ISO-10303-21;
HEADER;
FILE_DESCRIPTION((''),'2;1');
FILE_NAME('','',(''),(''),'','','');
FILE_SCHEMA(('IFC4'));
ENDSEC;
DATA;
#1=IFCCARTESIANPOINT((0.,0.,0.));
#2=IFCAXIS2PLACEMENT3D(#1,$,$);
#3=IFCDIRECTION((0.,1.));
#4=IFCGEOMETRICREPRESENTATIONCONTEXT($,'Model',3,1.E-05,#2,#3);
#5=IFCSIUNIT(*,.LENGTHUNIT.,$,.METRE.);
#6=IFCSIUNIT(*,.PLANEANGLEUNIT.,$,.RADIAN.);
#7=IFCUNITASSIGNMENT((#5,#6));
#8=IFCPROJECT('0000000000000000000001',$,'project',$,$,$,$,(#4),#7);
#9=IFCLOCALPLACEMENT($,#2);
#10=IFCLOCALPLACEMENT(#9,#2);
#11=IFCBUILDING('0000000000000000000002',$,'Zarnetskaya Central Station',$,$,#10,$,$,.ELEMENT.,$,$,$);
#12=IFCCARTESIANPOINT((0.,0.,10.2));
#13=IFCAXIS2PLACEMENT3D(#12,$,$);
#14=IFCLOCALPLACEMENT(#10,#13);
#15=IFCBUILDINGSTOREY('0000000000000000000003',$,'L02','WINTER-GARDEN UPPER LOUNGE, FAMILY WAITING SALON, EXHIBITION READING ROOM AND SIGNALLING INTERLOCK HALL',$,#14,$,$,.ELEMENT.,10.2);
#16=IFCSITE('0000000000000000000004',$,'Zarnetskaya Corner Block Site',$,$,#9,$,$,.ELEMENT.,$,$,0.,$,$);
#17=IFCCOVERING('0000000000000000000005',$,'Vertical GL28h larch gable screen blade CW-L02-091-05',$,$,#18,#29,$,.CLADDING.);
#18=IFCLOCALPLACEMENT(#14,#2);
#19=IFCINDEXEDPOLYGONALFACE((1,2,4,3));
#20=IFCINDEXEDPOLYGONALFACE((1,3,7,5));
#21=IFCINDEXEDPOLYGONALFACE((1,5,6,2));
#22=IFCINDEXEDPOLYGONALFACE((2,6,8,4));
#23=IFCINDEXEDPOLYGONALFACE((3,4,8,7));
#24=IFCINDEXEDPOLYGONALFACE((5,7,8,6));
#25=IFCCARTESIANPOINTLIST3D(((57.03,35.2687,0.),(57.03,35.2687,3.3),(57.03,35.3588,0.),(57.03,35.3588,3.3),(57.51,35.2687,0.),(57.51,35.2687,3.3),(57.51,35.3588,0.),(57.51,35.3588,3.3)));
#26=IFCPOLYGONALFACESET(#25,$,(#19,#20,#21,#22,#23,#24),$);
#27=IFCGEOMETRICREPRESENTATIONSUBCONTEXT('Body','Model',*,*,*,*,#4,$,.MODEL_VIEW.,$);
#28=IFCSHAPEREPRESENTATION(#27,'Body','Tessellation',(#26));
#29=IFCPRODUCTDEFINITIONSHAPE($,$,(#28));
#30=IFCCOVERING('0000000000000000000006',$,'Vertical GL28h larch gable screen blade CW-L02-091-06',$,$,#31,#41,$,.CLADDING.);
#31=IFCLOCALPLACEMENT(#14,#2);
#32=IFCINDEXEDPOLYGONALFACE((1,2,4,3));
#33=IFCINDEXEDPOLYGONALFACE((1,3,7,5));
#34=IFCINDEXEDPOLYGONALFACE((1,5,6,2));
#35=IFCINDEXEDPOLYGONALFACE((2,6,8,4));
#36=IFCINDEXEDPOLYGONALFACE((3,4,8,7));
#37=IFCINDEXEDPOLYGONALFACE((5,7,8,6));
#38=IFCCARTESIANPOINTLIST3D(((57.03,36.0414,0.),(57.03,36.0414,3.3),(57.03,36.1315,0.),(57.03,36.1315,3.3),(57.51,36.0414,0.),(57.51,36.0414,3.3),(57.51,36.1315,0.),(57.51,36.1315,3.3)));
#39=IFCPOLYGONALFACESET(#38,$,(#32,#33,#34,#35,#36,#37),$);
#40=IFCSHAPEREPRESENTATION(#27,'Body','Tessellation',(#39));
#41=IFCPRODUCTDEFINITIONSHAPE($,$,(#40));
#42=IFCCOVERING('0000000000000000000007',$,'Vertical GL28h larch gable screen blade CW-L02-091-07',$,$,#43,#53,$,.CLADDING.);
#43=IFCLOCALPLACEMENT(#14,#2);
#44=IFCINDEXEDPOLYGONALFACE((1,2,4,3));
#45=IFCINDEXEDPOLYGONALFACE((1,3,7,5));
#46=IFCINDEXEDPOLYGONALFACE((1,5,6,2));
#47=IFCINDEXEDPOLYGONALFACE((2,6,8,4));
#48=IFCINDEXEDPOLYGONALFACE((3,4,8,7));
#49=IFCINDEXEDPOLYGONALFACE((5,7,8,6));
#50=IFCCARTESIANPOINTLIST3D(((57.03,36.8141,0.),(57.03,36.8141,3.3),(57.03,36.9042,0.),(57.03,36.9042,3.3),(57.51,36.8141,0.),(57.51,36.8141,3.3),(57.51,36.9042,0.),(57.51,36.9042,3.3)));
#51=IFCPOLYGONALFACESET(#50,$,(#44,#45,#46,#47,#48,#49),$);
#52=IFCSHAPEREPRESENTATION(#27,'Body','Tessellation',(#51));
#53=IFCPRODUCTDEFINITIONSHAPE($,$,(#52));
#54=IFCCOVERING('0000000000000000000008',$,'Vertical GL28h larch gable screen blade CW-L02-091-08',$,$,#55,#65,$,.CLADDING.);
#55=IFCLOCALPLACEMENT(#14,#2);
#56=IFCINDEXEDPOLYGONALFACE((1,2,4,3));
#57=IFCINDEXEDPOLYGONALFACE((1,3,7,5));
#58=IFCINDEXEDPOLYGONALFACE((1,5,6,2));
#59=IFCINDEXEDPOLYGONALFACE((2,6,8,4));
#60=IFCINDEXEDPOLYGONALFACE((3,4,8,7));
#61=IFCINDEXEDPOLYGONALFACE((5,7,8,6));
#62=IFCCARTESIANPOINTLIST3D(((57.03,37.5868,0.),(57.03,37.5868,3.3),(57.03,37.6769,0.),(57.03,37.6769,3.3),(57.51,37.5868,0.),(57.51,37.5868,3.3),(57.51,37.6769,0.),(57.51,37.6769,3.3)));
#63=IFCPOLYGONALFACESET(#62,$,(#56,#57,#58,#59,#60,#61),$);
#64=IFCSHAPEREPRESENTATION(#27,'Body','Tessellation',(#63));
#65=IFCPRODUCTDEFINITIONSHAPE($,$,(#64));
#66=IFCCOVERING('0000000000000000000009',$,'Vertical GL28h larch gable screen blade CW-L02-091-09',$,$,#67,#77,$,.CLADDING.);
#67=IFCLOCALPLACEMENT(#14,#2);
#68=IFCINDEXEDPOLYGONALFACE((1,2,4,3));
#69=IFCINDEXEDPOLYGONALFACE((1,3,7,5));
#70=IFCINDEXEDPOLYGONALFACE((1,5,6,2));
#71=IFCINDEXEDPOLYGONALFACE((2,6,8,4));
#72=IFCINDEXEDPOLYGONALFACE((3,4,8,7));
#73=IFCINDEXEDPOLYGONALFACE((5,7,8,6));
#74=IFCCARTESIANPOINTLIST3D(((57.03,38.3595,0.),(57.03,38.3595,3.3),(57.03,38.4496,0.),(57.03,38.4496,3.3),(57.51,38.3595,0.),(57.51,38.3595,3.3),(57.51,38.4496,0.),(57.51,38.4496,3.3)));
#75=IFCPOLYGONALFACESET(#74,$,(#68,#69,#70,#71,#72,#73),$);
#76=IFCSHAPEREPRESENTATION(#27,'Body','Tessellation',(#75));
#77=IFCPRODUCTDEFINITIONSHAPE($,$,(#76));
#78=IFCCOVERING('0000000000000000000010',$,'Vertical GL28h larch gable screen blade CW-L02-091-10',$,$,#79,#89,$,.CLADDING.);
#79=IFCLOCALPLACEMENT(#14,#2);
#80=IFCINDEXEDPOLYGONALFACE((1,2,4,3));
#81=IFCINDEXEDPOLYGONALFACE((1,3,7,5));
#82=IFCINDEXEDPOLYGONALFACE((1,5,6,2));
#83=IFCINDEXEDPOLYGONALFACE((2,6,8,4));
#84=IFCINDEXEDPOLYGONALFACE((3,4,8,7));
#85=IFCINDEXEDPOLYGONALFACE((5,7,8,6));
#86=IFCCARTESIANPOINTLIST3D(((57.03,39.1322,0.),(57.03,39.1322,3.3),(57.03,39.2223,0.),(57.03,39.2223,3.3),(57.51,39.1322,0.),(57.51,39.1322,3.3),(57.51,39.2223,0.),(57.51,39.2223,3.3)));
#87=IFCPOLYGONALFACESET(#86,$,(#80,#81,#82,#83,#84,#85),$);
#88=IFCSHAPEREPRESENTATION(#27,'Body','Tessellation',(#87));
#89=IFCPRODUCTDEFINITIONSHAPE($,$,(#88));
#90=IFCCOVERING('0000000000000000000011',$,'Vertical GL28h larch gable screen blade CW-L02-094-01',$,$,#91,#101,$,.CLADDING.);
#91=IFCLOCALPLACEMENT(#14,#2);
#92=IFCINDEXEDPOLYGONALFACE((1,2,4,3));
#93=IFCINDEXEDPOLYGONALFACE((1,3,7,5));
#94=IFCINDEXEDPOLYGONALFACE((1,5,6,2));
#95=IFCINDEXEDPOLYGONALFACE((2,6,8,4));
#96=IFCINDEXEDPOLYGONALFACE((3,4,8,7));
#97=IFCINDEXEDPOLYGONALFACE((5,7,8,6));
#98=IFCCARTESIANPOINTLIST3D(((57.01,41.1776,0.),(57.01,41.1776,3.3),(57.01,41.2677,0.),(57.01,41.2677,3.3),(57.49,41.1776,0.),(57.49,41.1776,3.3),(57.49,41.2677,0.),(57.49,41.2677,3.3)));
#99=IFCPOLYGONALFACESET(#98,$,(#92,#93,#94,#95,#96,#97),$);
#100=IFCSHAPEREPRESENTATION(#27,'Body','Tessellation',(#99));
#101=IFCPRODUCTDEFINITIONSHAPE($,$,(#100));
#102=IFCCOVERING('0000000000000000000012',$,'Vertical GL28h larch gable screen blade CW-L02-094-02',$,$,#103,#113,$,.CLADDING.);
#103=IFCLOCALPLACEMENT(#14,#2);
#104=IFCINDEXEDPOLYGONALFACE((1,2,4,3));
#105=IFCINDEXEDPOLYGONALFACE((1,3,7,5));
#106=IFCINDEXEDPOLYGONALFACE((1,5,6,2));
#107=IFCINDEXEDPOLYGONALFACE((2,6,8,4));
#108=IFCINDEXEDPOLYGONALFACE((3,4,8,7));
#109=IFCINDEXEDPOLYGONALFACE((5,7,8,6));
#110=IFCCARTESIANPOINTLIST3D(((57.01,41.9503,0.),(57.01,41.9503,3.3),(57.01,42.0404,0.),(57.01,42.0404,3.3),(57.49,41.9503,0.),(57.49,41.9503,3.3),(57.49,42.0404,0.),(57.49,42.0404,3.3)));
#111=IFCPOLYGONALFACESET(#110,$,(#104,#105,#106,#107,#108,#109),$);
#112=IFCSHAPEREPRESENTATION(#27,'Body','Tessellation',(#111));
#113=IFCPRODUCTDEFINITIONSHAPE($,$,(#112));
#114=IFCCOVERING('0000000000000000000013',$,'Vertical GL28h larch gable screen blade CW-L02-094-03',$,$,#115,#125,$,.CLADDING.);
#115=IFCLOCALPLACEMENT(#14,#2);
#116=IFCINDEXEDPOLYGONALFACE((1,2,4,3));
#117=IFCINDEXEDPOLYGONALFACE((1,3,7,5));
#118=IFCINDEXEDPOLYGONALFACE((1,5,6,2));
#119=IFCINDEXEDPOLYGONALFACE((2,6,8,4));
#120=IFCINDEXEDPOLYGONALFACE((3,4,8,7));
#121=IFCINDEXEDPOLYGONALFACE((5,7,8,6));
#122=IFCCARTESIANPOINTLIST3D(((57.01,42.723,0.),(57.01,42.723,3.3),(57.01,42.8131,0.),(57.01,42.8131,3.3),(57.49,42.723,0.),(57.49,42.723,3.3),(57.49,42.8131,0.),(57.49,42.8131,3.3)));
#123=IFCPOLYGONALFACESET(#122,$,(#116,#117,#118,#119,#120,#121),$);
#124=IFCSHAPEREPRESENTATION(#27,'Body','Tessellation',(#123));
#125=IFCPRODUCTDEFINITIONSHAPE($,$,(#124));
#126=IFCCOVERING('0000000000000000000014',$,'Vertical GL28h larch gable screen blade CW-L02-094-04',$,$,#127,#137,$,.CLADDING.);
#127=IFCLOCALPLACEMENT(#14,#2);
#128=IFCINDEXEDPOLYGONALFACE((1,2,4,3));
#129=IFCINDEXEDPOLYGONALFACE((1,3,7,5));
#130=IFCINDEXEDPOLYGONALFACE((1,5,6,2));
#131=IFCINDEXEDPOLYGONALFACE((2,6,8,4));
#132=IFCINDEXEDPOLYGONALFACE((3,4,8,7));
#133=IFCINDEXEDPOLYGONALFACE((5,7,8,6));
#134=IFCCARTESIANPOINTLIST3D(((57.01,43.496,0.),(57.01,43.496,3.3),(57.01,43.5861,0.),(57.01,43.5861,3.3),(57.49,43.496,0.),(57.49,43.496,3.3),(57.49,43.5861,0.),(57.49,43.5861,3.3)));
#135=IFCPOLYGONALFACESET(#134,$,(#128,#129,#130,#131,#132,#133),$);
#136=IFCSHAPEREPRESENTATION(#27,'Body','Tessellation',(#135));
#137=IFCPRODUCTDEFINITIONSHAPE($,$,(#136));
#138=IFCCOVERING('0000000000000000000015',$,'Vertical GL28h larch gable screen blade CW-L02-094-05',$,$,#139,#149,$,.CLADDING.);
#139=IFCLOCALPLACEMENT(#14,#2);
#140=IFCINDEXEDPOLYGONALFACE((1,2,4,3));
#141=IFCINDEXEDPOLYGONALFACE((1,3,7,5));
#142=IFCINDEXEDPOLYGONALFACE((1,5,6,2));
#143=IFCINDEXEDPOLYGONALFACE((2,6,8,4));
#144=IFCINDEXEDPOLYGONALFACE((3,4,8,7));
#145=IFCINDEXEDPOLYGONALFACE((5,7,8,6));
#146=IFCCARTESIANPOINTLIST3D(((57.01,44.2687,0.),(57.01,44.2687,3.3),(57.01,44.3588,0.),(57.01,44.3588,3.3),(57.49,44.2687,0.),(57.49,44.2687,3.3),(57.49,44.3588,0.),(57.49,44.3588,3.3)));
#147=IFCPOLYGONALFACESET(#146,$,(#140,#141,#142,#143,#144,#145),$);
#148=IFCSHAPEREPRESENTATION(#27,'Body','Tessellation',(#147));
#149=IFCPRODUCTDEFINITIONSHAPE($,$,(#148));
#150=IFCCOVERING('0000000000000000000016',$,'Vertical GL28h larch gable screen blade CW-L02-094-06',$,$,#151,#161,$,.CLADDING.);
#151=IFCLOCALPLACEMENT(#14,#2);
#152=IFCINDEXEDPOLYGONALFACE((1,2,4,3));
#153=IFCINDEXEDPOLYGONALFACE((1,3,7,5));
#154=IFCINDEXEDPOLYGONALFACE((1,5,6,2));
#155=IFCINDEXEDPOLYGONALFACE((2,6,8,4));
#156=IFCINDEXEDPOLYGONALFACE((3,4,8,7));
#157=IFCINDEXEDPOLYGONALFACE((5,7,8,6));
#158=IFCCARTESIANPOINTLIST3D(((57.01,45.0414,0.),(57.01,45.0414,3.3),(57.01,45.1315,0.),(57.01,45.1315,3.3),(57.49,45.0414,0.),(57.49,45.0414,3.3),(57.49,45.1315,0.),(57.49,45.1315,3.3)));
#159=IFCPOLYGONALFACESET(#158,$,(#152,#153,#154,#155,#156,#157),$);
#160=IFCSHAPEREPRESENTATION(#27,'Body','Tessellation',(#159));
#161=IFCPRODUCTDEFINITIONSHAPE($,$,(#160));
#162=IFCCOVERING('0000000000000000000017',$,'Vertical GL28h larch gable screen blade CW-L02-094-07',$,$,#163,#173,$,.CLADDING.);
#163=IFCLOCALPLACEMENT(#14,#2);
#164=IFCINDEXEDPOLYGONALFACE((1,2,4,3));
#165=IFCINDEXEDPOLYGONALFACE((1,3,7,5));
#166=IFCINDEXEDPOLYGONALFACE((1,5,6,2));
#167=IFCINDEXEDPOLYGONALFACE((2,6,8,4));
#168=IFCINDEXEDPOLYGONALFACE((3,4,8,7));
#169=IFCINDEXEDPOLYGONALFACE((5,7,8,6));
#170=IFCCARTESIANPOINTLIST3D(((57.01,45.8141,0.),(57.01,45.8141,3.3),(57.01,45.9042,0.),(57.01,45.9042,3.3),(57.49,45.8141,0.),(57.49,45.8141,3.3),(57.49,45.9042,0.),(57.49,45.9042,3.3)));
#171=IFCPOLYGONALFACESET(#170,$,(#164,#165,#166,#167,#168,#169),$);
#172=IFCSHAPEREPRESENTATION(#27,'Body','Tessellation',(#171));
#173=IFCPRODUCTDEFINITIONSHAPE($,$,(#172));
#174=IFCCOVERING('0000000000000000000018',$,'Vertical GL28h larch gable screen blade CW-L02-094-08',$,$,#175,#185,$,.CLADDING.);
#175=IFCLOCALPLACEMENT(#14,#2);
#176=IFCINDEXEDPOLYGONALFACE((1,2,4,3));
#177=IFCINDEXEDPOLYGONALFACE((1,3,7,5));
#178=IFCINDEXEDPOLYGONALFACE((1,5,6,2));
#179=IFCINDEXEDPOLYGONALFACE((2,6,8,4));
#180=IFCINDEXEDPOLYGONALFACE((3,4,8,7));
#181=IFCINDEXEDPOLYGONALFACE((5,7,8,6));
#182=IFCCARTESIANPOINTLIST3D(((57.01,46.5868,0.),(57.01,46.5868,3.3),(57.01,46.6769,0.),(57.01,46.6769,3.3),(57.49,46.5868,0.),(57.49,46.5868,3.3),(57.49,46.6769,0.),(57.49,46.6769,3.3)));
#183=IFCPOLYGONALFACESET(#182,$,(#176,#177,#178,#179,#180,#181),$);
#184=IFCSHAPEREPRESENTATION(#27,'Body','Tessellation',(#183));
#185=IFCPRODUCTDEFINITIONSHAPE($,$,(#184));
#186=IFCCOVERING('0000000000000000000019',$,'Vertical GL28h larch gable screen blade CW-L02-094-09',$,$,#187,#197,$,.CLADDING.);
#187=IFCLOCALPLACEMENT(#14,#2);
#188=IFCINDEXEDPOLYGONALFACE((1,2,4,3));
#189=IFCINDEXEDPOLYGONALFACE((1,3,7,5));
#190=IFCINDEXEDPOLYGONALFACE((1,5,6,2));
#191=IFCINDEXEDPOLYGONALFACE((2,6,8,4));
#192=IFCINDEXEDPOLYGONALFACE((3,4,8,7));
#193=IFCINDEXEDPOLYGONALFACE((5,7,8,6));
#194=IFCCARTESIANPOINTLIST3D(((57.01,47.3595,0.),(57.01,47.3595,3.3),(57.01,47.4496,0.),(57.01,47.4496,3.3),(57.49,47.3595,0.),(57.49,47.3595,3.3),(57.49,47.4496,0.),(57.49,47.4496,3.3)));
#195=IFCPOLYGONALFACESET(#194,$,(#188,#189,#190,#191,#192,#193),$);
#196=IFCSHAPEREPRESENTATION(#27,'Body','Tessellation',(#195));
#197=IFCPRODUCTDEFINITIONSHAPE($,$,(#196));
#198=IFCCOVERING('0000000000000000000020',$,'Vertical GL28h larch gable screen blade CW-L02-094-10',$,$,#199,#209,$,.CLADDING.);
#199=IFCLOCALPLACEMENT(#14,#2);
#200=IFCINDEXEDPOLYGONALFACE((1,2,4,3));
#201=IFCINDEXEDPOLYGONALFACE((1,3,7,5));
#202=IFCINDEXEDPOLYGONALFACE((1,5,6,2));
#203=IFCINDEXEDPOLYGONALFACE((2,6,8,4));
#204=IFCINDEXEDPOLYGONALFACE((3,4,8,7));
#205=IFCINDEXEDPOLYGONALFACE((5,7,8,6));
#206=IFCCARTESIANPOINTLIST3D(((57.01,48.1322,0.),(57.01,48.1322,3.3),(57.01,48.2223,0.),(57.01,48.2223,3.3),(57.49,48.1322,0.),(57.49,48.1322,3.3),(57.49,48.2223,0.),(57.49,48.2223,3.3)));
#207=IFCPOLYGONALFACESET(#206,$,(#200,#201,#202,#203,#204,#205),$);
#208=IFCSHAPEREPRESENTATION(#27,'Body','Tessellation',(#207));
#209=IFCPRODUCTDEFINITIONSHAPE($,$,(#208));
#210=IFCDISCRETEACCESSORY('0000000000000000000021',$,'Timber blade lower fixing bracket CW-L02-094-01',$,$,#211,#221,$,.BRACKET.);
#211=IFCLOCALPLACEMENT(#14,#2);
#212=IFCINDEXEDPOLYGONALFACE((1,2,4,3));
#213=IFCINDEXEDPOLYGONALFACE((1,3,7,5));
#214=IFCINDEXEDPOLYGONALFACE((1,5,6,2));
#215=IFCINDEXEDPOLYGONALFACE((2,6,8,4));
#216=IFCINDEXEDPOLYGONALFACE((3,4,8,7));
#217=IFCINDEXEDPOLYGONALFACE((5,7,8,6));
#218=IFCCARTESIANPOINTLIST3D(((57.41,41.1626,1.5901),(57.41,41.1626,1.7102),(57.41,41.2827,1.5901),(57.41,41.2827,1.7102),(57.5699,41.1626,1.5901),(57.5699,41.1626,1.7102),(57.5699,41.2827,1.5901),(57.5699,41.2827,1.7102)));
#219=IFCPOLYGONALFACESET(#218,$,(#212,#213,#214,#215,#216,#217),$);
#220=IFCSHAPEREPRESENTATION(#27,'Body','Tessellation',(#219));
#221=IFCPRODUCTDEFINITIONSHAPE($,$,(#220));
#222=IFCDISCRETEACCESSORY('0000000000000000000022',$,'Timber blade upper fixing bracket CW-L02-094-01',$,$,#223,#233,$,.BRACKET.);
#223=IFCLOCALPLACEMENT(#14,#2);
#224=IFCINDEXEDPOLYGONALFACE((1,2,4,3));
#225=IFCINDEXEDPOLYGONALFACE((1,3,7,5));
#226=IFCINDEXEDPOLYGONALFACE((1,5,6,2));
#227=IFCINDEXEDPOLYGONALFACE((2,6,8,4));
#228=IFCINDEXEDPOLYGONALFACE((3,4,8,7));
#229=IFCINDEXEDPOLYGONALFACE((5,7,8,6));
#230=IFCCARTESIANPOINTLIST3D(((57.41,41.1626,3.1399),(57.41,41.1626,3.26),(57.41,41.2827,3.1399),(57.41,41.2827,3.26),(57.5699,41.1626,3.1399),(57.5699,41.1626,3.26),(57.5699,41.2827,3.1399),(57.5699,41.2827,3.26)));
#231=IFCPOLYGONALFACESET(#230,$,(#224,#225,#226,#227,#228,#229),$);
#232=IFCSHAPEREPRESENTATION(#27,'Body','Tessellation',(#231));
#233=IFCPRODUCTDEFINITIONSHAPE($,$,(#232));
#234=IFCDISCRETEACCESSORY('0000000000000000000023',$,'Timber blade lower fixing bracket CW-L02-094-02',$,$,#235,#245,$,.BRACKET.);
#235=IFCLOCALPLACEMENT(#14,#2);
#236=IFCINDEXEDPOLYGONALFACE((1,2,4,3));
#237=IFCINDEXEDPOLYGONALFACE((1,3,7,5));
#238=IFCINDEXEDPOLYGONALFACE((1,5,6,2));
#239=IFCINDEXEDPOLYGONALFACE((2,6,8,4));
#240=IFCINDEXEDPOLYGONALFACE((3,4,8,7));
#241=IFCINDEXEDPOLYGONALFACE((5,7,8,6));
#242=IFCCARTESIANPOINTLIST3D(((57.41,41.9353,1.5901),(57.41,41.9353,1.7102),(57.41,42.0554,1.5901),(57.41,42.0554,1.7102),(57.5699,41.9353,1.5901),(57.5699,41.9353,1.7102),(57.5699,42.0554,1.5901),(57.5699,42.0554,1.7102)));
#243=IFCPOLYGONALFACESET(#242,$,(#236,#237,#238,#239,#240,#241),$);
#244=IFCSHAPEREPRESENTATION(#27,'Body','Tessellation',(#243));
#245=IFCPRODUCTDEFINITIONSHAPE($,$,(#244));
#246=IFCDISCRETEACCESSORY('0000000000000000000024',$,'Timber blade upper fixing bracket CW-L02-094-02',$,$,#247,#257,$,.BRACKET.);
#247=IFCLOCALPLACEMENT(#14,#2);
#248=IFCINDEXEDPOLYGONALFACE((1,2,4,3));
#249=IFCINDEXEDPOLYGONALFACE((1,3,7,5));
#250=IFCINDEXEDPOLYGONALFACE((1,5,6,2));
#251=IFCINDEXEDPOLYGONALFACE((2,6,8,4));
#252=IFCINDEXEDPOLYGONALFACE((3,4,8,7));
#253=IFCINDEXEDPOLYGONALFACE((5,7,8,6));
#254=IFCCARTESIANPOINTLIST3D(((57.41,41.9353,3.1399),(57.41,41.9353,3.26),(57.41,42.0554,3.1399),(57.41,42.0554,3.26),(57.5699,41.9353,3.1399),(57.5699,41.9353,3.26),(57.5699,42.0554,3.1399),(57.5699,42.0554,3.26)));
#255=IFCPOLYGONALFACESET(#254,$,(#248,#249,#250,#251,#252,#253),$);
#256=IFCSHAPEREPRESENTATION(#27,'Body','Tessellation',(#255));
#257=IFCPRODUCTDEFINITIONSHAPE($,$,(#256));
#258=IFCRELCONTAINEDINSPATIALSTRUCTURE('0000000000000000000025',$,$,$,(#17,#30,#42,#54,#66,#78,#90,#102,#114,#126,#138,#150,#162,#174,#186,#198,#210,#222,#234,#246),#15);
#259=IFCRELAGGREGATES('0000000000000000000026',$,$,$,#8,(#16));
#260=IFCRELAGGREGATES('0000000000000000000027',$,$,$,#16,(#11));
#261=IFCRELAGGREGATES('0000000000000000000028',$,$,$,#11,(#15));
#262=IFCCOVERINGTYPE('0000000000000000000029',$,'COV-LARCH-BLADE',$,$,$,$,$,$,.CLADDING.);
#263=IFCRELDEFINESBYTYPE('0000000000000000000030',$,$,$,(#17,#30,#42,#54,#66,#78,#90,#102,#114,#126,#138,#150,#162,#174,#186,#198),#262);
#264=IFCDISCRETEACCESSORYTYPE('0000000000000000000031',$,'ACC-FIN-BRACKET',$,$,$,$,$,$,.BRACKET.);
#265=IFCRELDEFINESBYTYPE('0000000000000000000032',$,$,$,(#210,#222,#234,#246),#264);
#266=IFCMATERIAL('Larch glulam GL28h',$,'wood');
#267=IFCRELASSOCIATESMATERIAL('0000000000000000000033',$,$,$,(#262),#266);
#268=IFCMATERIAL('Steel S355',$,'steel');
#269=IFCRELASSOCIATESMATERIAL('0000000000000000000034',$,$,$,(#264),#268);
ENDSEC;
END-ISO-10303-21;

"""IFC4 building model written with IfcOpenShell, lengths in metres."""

from ifc_helpers import new_model, si_unit, direction, frame, origin, origin_2d, place, context, subcontext, project, spatial, rectangle, extrude, material, type_object, element, save


model = new_model("IFC4")

# Units and contexts
model_context = context("Model", 3, precision=1e-05, world=origin(), true_north=direction((0.0, 1.0)))
body_context = subcontext(model_context, "Body", "Model", "MODEL_VIEW")
ifc_project = project(units=[si_unit("LENGTHUNIT", "METRE"), si_unit("PLANEANGLEUNIT", "RADIAN")], contexts=[model_context])

# Site, building, storey
site_placement = place(None, origin())
site = spatial("IfcSite", under=ifc_project, at=site_placement, Name="Zarnetskaya Corner Block Site", CompositionType="ELEMENT", RefElevation=0.0)
building_placement = place(site_placement, origin())
building = spatial("IfcBuilding", under=site, at=building_placement, Name="Zarnetskaya Central Station", CompositionType="ELEMENT")
storey_placement = place(building_placement, frame((0.0, 0.0, 10.2)))
storey = spatial("IfcBuildingStorey", under=building, at=storey_placement, Name="L02", Description="WINTER-GARDEN UPPER LOUNGE, FAMILY WAITING SALON, EXHIBITION READING ROOM AND SIGNALLING INTERLOCK HALL", CompositionType="ELEMENT", Elevation=10.2)

# Shared definitions
ifc_material_1 = material(Name="Steel S355", Category="steel")

# Coverings
ifc_material_2 = material(Name="Larch glulam GL28h", Category="wood")
covering_type = type_object("IfcCoveringType", Name="COV-LARCH-BLADE", PredefinedType="CLADDING", material=ifc_material_2)
for number, where, z_axis, x_axis, name in (
    (1, (57.27, 35.3137, 0.0), (0.0, 0.0, 1.0), (0.0, 1.0, 0.0), "Vertical GL28h larch gable screen blade CW-L02-091-05"),
    (2, (57.27, 36.0864, 0.0), (0.0, 0.0, 1.0), (0.0, 1.0, 0.0), "Vertical GL28h larch gable screen blade CW-L02-091-06"),
    (3, (57.27, 36.8591, 0.0), (0.0, 0.0, 1.0), (0.0, 1.0, 0.0), "Vertical GL28h larch gable screen blade CW-L02-091-07"),
    (4, (57.27, 37.6318, 0.0), (0.0, 0.0, 1.0), (0.0, 1.0, 0.0), "Vertical GL28h larch gable screen blade CW-L02-091-08"),
    (5, (57.27, 38.4045, 0.0), (0.0, 0.0, 1.0), (0.0, 1.0, 0.0), "Vertical GL28h larch gable screen blade CW-L02-091-09"),
    (6, (57.27, 39.1772, 0.0), (0.0, 0.0, 1.0), (0.0, 1.0, 0.0), "Vertical GL28h larch gable screen blade CW-L02-091-10"),
    (7, (57.25, 41.2227, 0.0), (0.0, 0.0, 1.0), (0.0, 1.0, 0.0), "Vertical GL28h larch gable screen blade CW-L02-094-01"),
    (8, (57.25, 41.9954, 0.0), (0.0, 0.0, 1.0), (0.0, 1.0, 0.0), "Vertical GL28h larch gable screen blade CW-L02-094-02"),
    (9, (57.25, 42.7681, 0.0), (0.0, 0.0, 1.0), (0.0, 1.0, 0.0), "Vertical GL28h larch gable screen blade CW-L02-094-03"),
    (10, (57.25, 43.541, 0.0), (0.0, 0.0, 1.0), (0.0, 1.0, 0.0), "Vertical GL28h larch gable screen blade CW-L02-094-04"),
    (11, (57.25, 44.3137, 0.0), (0.0, 0.0, 1.0), (0.0, 1.0, 0.0), "Vertical GL28h larch gable screen blade CW-L02-094-05"),
    (12, (57.25, 45.0864, 0.0), (0.0, 0.0, 1.0), (0.0, 1.0, 0.0), "Vertical GL28h larch gable screen blade CW-L02-094-06"),
    (13, (57.25, 45.8591, 0.0), (0.0, 0.0, 1.0), (0.0, 1.0, 0.0), "Vertical GL28h larch gable screen blade CW-L02-094-07"),
    (14, (57.25, 46.6318, 0.0), (0.0, 0.0, 1.0), (0.0, 1.0, 0.0), "Vertical GL28h larch gable screen blade CW-L02-094-08"),
    (15, (57.25, 47.4045, 0.0), (0.0, 0.0, 1.0), (0.0, 1.0, 0.0), "Vertical GL28h larch gable screen blade CW-L02-094-09"),
    (16, (57.25, 48.1772, 0.0), (0.0, 0.0, 1.0), (0.0, 1.0, 0.0), "Vertical GL28h larch gable screen blade CW-L02-094-10"),
):
    element("IfcCovering", number, at=place(storey_placement, frame(where, z_axis=z_axis, x_axis=x_axis)), inside=storey, type_object=covering_type, Name=name, PredefinedType="CLADDING", context=body_context, shape_type="SweptSolid", body=[
        extrude(rectangle(XDim=0.0901, YDim=0.48, at=origin_2d()), origin(), (0.0, 0.0, 1.0), 3.3),
    ])

# Discrete accessories
discrete_accessory_type = type_object("IfcDiscreteAccessoryType", Name="ACC-FIN-BRACKET", PredefinedType="BRACKET", material=ifc_material_1)
for number, where, z_axis, x_axis, name in (
    (17, (57.49, 41.2227, 1.5901), (0.0, 0.0, 1.0), (0.0, 1.0, 0.0), "Timber blade lower fixing bracket CW-L02-094-01"),
    (18, (57.49, 41.2227, 3.1399), (0.0, 0.0, 1.0), (0.0, 1.0, 0.0), "Timber blade upper fixing bracket CW-L02-094-01"),
    (19, (57.49, 41.9954, 1.5901), (0.0, 0.0, 1.0), (0.0, 1.0, 0.0), "Timber blade lower fixing bracket CW-L02-094-02"),
    (20, (57.49, 41.9954, 3.1399), (0.0, 0.0, 1.0), (0.0, 1.0, 0.0), "Timber blade upper fixing bracket CW-L02-094-02"),
):
    element("IfcDiscreteAccessory", number, at=place(storey_placement, frame(where, z_axis=z_axis, x_axis=x_axis)), inside=storey, type_object=discrete_accessory_type, Name=name, PredefinedType="BRACKET", context=body_context, shape_type="SweptSolid", body=[
        extrude(rectangle(XDim=0.1201, YDim=0.1599, at=origin_2d()), origin(), (0.0, 0.0, 1.0), 0.1201),
    ])

save(model, "model.ifc")
